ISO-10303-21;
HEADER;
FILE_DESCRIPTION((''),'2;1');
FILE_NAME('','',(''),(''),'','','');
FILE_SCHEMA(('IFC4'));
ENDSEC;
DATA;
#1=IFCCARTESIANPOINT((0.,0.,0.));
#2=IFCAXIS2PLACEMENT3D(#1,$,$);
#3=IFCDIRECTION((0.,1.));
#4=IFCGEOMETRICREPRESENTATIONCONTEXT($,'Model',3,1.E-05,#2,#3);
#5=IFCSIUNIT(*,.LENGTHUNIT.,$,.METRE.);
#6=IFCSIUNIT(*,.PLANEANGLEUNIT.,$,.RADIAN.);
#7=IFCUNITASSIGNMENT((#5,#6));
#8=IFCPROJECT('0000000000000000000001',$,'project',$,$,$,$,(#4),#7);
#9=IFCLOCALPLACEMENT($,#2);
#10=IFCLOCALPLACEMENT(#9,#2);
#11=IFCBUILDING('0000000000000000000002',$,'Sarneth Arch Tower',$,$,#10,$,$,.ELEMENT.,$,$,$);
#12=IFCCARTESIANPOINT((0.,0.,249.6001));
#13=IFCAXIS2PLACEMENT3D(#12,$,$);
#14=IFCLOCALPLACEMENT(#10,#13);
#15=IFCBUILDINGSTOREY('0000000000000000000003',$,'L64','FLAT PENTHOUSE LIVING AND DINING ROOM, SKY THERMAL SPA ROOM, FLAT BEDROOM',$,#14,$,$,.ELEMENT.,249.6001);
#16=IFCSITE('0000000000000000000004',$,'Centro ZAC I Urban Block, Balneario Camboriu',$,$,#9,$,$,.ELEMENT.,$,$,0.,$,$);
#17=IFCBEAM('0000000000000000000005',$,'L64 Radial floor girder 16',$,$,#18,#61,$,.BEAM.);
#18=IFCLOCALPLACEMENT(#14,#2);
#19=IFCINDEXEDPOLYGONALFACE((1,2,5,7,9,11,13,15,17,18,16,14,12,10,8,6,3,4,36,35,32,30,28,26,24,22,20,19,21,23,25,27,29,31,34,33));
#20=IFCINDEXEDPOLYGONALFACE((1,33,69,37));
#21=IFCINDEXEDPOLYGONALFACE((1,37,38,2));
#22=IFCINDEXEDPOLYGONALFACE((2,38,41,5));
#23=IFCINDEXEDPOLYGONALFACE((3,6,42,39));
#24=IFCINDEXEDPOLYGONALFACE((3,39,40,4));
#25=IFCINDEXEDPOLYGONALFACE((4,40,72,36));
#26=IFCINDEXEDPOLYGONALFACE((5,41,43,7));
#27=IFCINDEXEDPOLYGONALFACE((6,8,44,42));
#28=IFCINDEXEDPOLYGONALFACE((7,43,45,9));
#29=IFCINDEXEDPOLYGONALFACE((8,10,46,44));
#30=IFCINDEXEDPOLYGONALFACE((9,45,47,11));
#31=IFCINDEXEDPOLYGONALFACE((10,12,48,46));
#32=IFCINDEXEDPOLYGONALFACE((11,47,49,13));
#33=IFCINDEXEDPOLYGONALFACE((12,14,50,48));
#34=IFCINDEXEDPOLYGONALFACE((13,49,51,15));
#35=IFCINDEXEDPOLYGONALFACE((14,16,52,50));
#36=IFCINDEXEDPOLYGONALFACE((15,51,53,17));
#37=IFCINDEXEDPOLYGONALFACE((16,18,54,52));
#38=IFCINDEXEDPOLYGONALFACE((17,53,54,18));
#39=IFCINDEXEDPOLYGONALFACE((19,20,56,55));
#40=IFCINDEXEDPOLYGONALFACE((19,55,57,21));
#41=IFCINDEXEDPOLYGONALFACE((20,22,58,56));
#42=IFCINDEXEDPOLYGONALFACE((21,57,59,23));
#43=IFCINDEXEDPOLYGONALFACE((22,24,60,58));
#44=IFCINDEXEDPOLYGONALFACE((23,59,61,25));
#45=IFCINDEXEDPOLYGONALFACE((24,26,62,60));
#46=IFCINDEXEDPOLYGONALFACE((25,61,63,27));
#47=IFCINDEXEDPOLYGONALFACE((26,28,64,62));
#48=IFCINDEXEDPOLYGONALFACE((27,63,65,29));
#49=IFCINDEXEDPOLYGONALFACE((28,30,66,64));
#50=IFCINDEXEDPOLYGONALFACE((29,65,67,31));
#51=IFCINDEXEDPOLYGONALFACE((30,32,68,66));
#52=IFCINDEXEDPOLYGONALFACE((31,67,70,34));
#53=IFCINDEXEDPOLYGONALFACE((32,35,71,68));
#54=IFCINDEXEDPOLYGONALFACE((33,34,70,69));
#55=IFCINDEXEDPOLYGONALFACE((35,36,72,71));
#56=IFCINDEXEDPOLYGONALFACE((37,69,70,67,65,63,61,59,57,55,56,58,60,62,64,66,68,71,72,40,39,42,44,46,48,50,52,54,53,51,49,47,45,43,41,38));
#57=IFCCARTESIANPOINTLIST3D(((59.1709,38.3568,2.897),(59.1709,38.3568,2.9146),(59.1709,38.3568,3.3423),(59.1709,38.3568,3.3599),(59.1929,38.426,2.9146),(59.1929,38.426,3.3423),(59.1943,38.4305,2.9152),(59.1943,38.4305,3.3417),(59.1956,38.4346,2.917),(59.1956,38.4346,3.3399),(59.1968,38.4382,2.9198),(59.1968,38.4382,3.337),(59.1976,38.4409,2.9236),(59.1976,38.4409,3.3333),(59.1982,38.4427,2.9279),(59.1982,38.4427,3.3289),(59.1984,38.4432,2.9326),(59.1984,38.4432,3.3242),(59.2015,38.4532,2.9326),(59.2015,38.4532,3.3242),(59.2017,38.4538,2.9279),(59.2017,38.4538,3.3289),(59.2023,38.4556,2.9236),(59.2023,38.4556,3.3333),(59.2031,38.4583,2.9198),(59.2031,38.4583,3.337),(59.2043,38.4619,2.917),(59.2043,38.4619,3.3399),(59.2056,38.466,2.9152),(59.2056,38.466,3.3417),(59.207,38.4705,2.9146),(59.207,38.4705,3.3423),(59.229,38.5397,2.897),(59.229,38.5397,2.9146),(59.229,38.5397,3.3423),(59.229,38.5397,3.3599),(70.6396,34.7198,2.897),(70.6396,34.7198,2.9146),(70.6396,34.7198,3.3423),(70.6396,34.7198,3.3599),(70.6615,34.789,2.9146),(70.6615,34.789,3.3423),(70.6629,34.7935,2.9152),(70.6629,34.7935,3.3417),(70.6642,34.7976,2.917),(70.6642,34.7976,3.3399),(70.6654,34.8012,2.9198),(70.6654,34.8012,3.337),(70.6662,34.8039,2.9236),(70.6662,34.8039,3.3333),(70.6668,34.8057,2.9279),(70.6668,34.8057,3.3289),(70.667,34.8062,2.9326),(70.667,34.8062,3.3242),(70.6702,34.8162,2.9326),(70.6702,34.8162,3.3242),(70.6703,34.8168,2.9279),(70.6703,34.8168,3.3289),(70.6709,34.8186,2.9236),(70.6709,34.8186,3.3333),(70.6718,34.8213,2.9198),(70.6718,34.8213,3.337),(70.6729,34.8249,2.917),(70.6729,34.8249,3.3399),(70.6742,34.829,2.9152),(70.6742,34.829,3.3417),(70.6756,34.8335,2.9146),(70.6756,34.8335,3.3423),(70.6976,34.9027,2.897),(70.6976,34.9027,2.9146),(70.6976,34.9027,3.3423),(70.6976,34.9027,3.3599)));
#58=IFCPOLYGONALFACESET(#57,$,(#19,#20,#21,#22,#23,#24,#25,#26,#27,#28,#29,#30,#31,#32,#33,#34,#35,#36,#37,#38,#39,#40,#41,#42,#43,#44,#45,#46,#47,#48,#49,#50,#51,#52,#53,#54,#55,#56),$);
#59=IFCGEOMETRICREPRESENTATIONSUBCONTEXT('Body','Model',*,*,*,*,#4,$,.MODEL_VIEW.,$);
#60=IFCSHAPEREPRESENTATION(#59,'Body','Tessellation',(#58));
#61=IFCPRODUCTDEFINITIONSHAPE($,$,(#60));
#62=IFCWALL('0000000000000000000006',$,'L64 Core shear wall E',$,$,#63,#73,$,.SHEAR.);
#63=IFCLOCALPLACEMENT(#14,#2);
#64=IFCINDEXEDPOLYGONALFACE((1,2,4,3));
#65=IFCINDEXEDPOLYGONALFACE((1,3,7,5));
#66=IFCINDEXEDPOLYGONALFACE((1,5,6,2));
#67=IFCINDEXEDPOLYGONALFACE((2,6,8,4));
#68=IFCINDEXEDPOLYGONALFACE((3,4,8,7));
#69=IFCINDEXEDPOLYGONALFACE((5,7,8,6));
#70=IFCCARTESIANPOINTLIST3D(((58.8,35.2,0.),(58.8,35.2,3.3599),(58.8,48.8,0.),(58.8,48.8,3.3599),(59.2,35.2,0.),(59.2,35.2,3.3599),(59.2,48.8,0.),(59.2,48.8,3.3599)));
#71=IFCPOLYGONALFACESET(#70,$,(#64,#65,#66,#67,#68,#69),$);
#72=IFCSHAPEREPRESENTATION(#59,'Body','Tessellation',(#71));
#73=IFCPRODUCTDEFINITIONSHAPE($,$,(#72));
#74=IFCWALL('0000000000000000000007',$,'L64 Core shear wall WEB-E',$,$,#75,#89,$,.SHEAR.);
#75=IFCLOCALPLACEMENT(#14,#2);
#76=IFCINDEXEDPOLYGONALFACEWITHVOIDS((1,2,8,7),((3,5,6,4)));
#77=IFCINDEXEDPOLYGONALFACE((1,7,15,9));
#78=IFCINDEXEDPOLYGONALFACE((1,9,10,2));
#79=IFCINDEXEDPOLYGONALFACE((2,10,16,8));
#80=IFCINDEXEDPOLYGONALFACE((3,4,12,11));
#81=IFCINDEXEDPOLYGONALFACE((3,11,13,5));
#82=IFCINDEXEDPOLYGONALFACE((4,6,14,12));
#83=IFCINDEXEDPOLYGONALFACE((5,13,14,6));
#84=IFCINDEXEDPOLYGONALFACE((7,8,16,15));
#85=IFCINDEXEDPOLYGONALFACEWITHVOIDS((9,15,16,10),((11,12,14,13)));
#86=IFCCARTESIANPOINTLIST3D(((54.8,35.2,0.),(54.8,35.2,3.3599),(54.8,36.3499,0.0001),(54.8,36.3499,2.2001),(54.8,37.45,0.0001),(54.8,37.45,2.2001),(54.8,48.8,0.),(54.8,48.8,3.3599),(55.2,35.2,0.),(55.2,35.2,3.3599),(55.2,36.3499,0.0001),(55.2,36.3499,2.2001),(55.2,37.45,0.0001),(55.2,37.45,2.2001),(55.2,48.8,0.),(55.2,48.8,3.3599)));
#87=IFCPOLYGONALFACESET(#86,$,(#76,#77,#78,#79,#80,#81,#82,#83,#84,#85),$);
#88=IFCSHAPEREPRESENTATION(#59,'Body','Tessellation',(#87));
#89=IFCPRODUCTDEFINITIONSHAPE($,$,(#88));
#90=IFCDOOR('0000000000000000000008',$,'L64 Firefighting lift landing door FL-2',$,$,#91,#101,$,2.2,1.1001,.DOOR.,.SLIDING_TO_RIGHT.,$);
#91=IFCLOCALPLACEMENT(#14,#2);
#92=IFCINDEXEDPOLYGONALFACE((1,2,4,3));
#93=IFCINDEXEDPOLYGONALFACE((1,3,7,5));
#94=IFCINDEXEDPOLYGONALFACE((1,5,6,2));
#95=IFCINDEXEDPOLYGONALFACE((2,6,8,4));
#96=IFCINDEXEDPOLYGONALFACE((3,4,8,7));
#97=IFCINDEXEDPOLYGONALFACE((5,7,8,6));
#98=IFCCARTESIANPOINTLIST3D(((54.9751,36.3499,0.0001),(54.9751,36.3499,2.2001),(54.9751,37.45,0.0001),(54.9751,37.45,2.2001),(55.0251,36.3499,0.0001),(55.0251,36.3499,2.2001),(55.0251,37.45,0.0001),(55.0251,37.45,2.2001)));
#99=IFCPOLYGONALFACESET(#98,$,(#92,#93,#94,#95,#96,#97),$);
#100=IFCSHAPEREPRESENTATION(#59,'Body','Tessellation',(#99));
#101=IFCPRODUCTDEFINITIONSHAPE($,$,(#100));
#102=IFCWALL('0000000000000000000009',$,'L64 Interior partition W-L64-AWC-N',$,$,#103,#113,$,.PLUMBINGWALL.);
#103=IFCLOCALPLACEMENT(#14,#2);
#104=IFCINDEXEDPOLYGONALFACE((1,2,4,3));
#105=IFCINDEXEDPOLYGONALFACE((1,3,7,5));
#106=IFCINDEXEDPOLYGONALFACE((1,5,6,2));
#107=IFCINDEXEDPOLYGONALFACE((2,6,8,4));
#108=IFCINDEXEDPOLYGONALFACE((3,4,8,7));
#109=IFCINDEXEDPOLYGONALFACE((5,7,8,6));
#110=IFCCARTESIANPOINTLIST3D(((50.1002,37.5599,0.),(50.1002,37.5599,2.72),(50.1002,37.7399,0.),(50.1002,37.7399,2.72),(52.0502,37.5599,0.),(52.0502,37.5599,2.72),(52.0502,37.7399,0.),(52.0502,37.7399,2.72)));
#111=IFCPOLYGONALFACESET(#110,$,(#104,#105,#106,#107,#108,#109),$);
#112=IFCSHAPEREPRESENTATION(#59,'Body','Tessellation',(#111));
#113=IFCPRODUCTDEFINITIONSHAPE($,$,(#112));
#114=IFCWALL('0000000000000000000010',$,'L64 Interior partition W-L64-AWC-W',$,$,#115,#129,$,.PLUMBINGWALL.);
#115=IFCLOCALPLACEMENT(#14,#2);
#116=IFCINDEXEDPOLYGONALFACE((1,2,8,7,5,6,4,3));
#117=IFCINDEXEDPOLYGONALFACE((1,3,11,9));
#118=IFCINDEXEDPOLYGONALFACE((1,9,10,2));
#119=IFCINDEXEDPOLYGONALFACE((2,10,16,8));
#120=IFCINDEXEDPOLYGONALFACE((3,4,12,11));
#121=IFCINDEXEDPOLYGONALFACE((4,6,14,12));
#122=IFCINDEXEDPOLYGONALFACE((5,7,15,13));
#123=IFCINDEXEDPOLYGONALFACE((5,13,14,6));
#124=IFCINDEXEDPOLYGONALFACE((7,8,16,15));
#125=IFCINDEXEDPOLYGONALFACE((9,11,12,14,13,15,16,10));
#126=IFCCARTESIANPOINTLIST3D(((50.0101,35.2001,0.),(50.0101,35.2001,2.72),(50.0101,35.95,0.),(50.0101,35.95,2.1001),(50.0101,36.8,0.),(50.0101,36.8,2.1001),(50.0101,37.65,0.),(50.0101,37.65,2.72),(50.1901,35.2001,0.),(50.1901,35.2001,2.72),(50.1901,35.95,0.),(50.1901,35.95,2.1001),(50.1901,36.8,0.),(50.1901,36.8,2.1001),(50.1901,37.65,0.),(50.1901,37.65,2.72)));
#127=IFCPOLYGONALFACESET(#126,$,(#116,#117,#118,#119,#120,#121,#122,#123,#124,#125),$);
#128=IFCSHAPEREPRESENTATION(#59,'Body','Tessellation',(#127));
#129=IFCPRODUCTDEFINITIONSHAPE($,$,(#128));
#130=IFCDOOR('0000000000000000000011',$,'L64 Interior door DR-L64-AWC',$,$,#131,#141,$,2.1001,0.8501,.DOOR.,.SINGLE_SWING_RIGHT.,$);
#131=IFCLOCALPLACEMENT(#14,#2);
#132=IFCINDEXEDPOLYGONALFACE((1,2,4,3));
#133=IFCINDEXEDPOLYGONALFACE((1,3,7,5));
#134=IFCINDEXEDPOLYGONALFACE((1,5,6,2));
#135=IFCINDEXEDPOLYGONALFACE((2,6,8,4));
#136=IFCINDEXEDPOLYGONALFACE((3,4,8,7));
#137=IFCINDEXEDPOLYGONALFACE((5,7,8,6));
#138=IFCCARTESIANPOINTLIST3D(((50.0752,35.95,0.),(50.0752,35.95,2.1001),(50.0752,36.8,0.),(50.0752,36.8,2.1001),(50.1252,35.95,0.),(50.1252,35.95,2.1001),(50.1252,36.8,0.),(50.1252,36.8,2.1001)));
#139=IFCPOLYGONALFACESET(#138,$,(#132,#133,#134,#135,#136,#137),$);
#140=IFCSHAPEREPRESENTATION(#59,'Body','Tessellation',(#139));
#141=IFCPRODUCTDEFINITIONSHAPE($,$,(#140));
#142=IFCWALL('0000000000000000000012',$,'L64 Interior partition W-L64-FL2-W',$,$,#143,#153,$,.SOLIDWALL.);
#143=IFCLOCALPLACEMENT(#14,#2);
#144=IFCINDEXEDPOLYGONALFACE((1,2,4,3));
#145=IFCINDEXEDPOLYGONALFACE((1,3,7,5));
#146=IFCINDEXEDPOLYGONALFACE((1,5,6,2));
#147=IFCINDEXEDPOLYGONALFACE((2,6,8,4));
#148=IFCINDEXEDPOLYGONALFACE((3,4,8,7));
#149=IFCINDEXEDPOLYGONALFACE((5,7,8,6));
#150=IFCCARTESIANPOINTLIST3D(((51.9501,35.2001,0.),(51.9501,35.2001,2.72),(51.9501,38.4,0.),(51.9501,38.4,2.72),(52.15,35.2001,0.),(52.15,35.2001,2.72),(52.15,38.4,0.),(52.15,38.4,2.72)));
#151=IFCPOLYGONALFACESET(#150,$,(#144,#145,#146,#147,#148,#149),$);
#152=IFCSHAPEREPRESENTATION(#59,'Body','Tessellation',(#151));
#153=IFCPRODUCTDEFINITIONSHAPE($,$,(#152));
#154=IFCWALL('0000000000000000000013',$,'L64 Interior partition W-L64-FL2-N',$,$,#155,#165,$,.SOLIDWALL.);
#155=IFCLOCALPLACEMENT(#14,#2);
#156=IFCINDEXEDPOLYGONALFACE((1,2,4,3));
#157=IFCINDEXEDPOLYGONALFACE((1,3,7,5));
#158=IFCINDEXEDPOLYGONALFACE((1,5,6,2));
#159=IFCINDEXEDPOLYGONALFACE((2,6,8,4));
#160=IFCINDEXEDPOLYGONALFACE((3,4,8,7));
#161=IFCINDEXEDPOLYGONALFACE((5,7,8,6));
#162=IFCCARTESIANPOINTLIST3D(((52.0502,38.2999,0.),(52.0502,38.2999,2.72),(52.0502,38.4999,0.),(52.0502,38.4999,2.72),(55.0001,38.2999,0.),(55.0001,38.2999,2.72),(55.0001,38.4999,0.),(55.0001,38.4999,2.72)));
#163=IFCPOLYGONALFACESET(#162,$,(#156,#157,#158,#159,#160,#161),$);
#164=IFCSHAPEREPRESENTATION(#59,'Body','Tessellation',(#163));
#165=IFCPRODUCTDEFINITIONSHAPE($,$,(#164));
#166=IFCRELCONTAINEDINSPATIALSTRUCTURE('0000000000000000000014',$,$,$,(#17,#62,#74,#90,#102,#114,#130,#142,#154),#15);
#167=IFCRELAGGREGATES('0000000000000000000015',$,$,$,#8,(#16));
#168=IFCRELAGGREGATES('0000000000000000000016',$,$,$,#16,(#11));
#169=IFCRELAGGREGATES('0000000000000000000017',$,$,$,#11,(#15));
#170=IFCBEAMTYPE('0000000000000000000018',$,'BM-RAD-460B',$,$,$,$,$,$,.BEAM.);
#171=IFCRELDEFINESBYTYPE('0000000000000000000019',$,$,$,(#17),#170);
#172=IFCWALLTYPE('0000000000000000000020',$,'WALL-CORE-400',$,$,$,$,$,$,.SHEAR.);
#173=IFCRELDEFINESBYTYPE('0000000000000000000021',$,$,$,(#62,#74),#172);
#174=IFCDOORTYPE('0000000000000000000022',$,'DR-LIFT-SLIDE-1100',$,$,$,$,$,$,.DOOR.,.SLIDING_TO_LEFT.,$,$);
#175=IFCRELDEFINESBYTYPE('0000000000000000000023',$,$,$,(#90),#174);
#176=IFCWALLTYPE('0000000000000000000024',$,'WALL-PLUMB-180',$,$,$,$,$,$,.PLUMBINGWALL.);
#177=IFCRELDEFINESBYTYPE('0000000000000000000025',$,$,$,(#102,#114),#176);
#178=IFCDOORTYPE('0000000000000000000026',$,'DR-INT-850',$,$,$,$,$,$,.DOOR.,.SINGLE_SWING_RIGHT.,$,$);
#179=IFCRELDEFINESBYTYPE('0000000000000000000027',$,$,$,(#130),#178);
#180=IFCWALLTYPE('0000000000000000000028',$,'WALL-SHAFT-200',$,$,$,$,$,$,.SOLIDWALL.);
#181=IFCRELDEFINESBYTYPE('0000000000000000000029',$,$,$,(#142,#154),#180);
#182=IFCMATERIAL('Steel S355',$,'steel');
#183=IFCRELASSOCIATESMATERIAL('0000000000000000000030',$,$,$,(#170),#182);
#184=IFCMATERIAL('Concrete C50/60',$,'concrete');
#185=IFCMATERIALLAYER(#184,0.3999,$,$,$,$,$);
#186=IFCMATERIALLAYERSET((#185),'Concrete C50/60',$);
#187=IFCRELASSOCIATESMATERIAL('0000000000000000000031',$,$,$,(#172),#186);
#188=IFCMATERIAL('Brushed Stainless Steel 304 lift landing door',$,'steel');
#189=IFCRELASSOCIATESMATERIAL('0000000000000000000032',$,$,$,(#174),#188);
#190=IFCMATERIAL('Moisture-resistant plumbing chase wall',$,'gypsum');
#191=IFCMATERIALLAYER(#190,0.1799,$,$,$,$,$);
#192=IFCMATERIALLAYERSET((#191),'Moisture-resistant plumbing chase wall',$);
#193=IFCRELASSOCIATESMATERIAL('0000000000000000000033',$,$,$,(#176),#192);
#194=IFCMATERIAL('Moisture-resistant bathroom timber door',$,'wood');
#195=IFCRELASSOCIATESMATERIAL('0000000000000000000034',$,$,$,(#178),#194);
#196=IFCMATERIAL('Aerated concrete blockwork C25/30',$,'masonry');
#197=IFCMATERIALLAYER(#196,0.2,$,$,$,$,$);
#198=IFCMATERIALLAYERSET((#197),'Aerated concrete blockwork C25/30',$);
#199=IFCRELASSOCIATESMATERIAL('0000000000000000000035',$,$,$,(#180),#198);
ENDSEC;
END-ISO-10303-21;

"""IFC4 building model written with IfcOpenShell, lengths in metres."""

from ifc_helpers import new_model, si_unit, direction, frame, frame_2d, origin, origin_2d, place, context, subcontext, project, spatial, rectangle, i_section, extrude, material, layer, layer_set, material_profile, profile_set, type_object, element, fill, save


model = new_model("IFC4")

# Units and contexts
model_context = context("Model", 3, precision=1e-05, world=origin(), true_north=direction((0.0, 1.0)))
body_context = subcontext(model_context, "Body", "Model", "MODEL_VIEW")
ifc_project = project(units=[si_unit("LENGTHUNIT", "METRE"), si_unit("PLANEANGLEUNIT", "RADIAN")], contexts=[model_context])

# Site, building, storey
site_placement = place(None, origin())
site = spatial("IfcSite", under=ifc_project, at=site_placement, Name="Centro ZAC I Urban Block, Balneario Camboriu", CompositionType="ELEMENT", RefElevation=0.0)
building_placement = place(site_placement, origin())
building = spatial("IfcBuilding", under=site, at=building_placement, Name="Sarneth Arch Tower", CompositionType="ELEMENT")
storey_placement = place(building_placement, frame((0.0, 0.0, 249.6001)))
storey = spatial("IfcBuildingStorey", under=building, at=storey_placement, Name="L64", Description="FLAT PENTHOUSE LIVING AND DINING ROOM, SKY THERMAL SPA ROOM, FLAT BEDROOM", CompositionType="ELEMENT", Elevation=249.6001)

# Beam
ifc_material_1 = material(Name="Steel S355", Category="steel")
ifc_material_profile_1 = material_profile(ifc_material_1, i_section(OverallWidth=0.1919, OverallDepth=0.4629, WebThickness=0.0105, FlangeThickness=0.0176, FilletRadius=0.0181, at=origin_2d()), Name="W460x89")
ifc_profile_set_1 = profile_set([ifc_material_profile_1], Name="Steel S355")
beam_type_1 = type_object("IfcBeamType", Name="BM-RAD-460B", PredefinedType="BEAM", material=ifc_profile_set_1)
beam_1_placement = place(storey_placement, frame((59.2, 38.4482, 3.1284), z_axis=(0.953216, -0.30229, 0.0), x_axis=(0.30229, 0.953216, 0.0)))
element("IfcBeam", 1, at=beam_1_placement, inside=storey, type_object=beam_type_1, Name="L64 Radial floor girder 16", PredefinedType="BEAM", context=body_context, shape_type="SweptSolid", body=[
    extrude(i_section(OverallWidth=0.1919, OverallDepth=0.4629, WebThickness=0.0105, FlangeThickness=0.0176, FilletRadius=0.0181, at=origin_2d()), origin(), (0.0, 0.0, 1.0), 12.0315),
])

# Shared definitions
ifc_material_2 = material(Name="Concrete C50/60", Category="concrete")
ifc_layer_1 = layer(ifc_material_2, 0.3999)
ifc_layer_set_1 = layer_set([ifc_layer_1], Name="Concrete C50/60")
wall_type_1 = type_object("IfcWallType", Name="WALL-CORE-400", PredefinedType="SHEAR", material=ifc_layer_set_1)

# Wall
wall_1_placement = place(storey_placement, frame((59.0, 35.2, 0.0), z_axis=(0.0, 0.0, 1.0), x_axis=(0.0, 1.0, 0.0)))
element("IfcWall", 2, at=wall_1_placement, inside=storey, type_object=wall_type_1, Name="L64 Core shear wall E", PredefinedType="SHEAR", context=body_context, shape_type="SweptSolid", body=[
    extrude(rectangle(XDim=13.6001, YDim=0.3999, at=frame_2d((6.8, 0.0))), origin(), (0.0, 0.0, 1.0), 3.3599),
])

# Wall, opening, door
wall_2_placement = place(storey_placement, frame((55.0, 35.2, 0.0), z_axis=(0.0, 0.0, 1.0), x_axis=(0.0, 1.0, 0.0)))
wall_2 = element("IfcWall", 3, at=wall_2_placement, inside=storey, type_object=wall_type_1, Name="L64 Core shear wall WEB-E", PredefinedType="SHEAR", context=body_context, shape_type="SweptSolid", body=[
    extrude(rectangle(XDim=13.6001, YDim=0.3999, at=frame_2d((6.8, 0.0))), origin(), (0.0, 0.0, 1.0), 3.3599),
])
opening_1_placement = place(wall_2_placement, frame((1.1499, 0.0, 0.0)))
opening_1 = element("IfcOpeningElement", 4, at=opening_1_placement, cuts=wall_2, PredefinedType="OPENING", context=body_context, shape_type="SweptSolid", body=[
    extrude(rectangle(XDim=1.1001, YDim=2.2, at=frame_2d((0.55, 1.1001))), frame((0.0, 0.21, 0.0), z_axis=(0.0, -1.0, 0.0), x_axis=(1.0, 0.0, 0.0)), (0.0, 0.0, 1.0), 0.4199),
])
ifc_material_3 = material(Name="Brushed Stainless Steel 304 lift landing door", Category="steel")
door_type_1 = type_object("IfcDoorType", Name="DR-LIFT-SLIDE-1100", OperationType="SLIDING_TO_LEFT", PredefinedType="DOOR", material=ifc_material_3)
door_1_placement = place(opening_1_placement, origin())
door_1 = element("IfcDoor", 5, at=door_1_placement, inside=storey, type_object=door_type_1, Name="L64 Firefighting lift landing door FL-2", OperationType="SLIDING_TO_RIGHT", OverallHeight=2.2, OverallWidth=1.1001, PredefinedType="DOOR", context=body_context, shape_type="SweptSolid", body=[
    extrude(rectangle(XDim=1.1001, YDim=2.2, at=frame_2d((0.55, 1.1001))), frame((0.0, 0.0249, 0.0), z_axis=(0.0, -1.0, 0.0), x_axis=(1.0, 0.0, 0.0)), (0.0, 0.0, 1.0), 0.05),
])
fill(opening_1, door_1)

# Wall
ifc_material_4 = material(Name="Moisture-resistant plumbing chase wall", Category="gypsum")
ifc_layer_2 = layer(ifc_material_4, 0.1799)
ifc_layer_set_2 = layer_set([ifc_layer_2], Name="Moisture-resistant plumbing chase wall")
wall_type_2 = type_object("IfcWallType", Name="WALL-PLUMB-180", PredefinedType="PLUMBINGWALL", material=ifc_layer_set_2)
wall_3_placement = place(storey_placement, frame((50.1001, 37.6499, 0.0), z_axis=(0.0, 0.0, 1.0), x_axis=(1.0, 0.0, 0.0)))
element("IfcWall", 6, at=wall_3_placement, inside=storey, type_object=wall_type_2, Name="L64 Interior partition W-L64-AWC-N", PredefinedType="PLUMBINGWALL", context=body_context, shape_type="SweptSolid", body=[
    extrude(rectangle(XDim=1.95, YDim=0.1799, at=frame_2d((0.9751, 0.0))), origin(), (0.0, 0.0, 1.0), 2.72),
])

# Wall, opening, door
wall_4_placement = place(storey_placement, frame((50.1001, 35.2, 0.0), z_axis=(0.0, 0.0, 1.0), x_axis=(0.0, 1.0, 0.0)))
wall_4 = element("IfcWall", 7, at=wall_4_placement, inside=storey, type_object=wall_type_2, Name="L64 Interior partition W-L64-AWC-W", PredefinedType="PLUMBINGWALL", context=body_context, shape_type="SweptSolid", body=[
    extrude(rectangle(XDim=2.45, YDim=0.1799, at=frame_2d((1.2251, 0.0))), origin(), (0.0, 0.0, 1.0), 2.72),
])
opening_2_placement = place(wall_4_placement, frame((0.75, 0.0, 0.0)))
opening_2 = element("IfcOpeningElement", 8, at=opening_2_placement, cuts=wall_4, PredefinedType="OPENING", context=body_context, shape_type="SweptSolid", body=[
    extrude(rectangle(XDim=0.8501, YDim=2.1001, at=frame_2d((0.425, 1.05))), frame((0.0, 0.0999, 0.0), z_axis=(0.0, -1.0, 0.0), x_axis=(1.0, 0.0, 0.0)), (0.0, 0.0, 1.0), 0.2),
])
ifc_material_5 = material(Name="Moisture-resistant bathroom timber door", Category="wood")
door_type_2 = type_object("IfcDoorType", Name="DR-INT-850", OperationType="SINGLE_SWING_RIGHT", PredefinedType="DOOR", material=ifc_material_5)
door_2_placement = place(opening_2_placement, origin())
door_2 = element("IfcDoor", 9, at=door_2_placement, inside=storey, type_object=door_type_2, Name="L64 Interior door DR-L64-AWC", OperationType="SINGLE_SWING_RIGHT", OverallHeight=2.1001, OverallWidth=0.8501, PredefinedType="DOOR", context=body_context, shape_type="SweptSolid", body=[
    extrude(rectangle(XDim=0.8501, YDim=2.1001, at=frame_2d((0.425, 1.05))), frame((0.0, 0.0249, 0.0), z_axis=(0.0, -1.0, 0.0), x_axis=(1.0, 0.0, 0.0)), (0.0, 0.0, 1.0), 0.05),
])
fill(opening_2, door_2)
ifc_material_6 = material(Name="Aerated concrete blockwork C25/30", Category="masonry")
ifc_layer_3 = layer(ifc_material_6, 0.2)
ifc_layer_set_3 = layer_set([ifc_layer_3], Name="Aerated concrete blockwork C25/30")
wall_type_3 = type_object("IfcWallType", Name="WALL-SHAFT-200", PredefinedType="SOLIDWALL", material=ifc_layer_set_3)

# Walls
wall_5_placement = place(storey_placement, frame((52.05, 35.2, 0.0), z_axis=(0.0, 0.0, 1.0), x_axis=(0.0, 1.0, 0.0)))
element("IfcWall", 10, at=wall_5_placement, inside=storey, type_object=wall_type_3, Name="L64 Interior partition W-L64-FL2-W", PredefinedType="SOLIDWALL", context=body_context, shape_type="SweptSolid", body=[
    extrude(rectangle(XDim=3.2, YDim=0.2, at=frame_2d((1.6001, 0.0))), origin(), (0.0, 0.0, 1.0), 2.72),
])
wall_6_placement = place(storey_placement, frame((52.05, 38.3999, 0.0), z_axis=(0.0, 0.0, 1.0), x_axis=(1.0, 0.0, 0.0)))
element("IfcWall", 11, at=wall_6_placement, inside=storey, type_object=wall_type_3, Name="L64 Interior partition W-L64-FL2-N", PredefinedType="SOLIDWALL", context=body_context, shape_type="SweptSolid", body=[
    extrude(rectangle(XDim=2.95, YDim=0.2, at=frame_2d((1.4751, 0.0))), origin(), (0.0, 0.0, 1.0), 2.72),
])

save(model, "model.ifc")
